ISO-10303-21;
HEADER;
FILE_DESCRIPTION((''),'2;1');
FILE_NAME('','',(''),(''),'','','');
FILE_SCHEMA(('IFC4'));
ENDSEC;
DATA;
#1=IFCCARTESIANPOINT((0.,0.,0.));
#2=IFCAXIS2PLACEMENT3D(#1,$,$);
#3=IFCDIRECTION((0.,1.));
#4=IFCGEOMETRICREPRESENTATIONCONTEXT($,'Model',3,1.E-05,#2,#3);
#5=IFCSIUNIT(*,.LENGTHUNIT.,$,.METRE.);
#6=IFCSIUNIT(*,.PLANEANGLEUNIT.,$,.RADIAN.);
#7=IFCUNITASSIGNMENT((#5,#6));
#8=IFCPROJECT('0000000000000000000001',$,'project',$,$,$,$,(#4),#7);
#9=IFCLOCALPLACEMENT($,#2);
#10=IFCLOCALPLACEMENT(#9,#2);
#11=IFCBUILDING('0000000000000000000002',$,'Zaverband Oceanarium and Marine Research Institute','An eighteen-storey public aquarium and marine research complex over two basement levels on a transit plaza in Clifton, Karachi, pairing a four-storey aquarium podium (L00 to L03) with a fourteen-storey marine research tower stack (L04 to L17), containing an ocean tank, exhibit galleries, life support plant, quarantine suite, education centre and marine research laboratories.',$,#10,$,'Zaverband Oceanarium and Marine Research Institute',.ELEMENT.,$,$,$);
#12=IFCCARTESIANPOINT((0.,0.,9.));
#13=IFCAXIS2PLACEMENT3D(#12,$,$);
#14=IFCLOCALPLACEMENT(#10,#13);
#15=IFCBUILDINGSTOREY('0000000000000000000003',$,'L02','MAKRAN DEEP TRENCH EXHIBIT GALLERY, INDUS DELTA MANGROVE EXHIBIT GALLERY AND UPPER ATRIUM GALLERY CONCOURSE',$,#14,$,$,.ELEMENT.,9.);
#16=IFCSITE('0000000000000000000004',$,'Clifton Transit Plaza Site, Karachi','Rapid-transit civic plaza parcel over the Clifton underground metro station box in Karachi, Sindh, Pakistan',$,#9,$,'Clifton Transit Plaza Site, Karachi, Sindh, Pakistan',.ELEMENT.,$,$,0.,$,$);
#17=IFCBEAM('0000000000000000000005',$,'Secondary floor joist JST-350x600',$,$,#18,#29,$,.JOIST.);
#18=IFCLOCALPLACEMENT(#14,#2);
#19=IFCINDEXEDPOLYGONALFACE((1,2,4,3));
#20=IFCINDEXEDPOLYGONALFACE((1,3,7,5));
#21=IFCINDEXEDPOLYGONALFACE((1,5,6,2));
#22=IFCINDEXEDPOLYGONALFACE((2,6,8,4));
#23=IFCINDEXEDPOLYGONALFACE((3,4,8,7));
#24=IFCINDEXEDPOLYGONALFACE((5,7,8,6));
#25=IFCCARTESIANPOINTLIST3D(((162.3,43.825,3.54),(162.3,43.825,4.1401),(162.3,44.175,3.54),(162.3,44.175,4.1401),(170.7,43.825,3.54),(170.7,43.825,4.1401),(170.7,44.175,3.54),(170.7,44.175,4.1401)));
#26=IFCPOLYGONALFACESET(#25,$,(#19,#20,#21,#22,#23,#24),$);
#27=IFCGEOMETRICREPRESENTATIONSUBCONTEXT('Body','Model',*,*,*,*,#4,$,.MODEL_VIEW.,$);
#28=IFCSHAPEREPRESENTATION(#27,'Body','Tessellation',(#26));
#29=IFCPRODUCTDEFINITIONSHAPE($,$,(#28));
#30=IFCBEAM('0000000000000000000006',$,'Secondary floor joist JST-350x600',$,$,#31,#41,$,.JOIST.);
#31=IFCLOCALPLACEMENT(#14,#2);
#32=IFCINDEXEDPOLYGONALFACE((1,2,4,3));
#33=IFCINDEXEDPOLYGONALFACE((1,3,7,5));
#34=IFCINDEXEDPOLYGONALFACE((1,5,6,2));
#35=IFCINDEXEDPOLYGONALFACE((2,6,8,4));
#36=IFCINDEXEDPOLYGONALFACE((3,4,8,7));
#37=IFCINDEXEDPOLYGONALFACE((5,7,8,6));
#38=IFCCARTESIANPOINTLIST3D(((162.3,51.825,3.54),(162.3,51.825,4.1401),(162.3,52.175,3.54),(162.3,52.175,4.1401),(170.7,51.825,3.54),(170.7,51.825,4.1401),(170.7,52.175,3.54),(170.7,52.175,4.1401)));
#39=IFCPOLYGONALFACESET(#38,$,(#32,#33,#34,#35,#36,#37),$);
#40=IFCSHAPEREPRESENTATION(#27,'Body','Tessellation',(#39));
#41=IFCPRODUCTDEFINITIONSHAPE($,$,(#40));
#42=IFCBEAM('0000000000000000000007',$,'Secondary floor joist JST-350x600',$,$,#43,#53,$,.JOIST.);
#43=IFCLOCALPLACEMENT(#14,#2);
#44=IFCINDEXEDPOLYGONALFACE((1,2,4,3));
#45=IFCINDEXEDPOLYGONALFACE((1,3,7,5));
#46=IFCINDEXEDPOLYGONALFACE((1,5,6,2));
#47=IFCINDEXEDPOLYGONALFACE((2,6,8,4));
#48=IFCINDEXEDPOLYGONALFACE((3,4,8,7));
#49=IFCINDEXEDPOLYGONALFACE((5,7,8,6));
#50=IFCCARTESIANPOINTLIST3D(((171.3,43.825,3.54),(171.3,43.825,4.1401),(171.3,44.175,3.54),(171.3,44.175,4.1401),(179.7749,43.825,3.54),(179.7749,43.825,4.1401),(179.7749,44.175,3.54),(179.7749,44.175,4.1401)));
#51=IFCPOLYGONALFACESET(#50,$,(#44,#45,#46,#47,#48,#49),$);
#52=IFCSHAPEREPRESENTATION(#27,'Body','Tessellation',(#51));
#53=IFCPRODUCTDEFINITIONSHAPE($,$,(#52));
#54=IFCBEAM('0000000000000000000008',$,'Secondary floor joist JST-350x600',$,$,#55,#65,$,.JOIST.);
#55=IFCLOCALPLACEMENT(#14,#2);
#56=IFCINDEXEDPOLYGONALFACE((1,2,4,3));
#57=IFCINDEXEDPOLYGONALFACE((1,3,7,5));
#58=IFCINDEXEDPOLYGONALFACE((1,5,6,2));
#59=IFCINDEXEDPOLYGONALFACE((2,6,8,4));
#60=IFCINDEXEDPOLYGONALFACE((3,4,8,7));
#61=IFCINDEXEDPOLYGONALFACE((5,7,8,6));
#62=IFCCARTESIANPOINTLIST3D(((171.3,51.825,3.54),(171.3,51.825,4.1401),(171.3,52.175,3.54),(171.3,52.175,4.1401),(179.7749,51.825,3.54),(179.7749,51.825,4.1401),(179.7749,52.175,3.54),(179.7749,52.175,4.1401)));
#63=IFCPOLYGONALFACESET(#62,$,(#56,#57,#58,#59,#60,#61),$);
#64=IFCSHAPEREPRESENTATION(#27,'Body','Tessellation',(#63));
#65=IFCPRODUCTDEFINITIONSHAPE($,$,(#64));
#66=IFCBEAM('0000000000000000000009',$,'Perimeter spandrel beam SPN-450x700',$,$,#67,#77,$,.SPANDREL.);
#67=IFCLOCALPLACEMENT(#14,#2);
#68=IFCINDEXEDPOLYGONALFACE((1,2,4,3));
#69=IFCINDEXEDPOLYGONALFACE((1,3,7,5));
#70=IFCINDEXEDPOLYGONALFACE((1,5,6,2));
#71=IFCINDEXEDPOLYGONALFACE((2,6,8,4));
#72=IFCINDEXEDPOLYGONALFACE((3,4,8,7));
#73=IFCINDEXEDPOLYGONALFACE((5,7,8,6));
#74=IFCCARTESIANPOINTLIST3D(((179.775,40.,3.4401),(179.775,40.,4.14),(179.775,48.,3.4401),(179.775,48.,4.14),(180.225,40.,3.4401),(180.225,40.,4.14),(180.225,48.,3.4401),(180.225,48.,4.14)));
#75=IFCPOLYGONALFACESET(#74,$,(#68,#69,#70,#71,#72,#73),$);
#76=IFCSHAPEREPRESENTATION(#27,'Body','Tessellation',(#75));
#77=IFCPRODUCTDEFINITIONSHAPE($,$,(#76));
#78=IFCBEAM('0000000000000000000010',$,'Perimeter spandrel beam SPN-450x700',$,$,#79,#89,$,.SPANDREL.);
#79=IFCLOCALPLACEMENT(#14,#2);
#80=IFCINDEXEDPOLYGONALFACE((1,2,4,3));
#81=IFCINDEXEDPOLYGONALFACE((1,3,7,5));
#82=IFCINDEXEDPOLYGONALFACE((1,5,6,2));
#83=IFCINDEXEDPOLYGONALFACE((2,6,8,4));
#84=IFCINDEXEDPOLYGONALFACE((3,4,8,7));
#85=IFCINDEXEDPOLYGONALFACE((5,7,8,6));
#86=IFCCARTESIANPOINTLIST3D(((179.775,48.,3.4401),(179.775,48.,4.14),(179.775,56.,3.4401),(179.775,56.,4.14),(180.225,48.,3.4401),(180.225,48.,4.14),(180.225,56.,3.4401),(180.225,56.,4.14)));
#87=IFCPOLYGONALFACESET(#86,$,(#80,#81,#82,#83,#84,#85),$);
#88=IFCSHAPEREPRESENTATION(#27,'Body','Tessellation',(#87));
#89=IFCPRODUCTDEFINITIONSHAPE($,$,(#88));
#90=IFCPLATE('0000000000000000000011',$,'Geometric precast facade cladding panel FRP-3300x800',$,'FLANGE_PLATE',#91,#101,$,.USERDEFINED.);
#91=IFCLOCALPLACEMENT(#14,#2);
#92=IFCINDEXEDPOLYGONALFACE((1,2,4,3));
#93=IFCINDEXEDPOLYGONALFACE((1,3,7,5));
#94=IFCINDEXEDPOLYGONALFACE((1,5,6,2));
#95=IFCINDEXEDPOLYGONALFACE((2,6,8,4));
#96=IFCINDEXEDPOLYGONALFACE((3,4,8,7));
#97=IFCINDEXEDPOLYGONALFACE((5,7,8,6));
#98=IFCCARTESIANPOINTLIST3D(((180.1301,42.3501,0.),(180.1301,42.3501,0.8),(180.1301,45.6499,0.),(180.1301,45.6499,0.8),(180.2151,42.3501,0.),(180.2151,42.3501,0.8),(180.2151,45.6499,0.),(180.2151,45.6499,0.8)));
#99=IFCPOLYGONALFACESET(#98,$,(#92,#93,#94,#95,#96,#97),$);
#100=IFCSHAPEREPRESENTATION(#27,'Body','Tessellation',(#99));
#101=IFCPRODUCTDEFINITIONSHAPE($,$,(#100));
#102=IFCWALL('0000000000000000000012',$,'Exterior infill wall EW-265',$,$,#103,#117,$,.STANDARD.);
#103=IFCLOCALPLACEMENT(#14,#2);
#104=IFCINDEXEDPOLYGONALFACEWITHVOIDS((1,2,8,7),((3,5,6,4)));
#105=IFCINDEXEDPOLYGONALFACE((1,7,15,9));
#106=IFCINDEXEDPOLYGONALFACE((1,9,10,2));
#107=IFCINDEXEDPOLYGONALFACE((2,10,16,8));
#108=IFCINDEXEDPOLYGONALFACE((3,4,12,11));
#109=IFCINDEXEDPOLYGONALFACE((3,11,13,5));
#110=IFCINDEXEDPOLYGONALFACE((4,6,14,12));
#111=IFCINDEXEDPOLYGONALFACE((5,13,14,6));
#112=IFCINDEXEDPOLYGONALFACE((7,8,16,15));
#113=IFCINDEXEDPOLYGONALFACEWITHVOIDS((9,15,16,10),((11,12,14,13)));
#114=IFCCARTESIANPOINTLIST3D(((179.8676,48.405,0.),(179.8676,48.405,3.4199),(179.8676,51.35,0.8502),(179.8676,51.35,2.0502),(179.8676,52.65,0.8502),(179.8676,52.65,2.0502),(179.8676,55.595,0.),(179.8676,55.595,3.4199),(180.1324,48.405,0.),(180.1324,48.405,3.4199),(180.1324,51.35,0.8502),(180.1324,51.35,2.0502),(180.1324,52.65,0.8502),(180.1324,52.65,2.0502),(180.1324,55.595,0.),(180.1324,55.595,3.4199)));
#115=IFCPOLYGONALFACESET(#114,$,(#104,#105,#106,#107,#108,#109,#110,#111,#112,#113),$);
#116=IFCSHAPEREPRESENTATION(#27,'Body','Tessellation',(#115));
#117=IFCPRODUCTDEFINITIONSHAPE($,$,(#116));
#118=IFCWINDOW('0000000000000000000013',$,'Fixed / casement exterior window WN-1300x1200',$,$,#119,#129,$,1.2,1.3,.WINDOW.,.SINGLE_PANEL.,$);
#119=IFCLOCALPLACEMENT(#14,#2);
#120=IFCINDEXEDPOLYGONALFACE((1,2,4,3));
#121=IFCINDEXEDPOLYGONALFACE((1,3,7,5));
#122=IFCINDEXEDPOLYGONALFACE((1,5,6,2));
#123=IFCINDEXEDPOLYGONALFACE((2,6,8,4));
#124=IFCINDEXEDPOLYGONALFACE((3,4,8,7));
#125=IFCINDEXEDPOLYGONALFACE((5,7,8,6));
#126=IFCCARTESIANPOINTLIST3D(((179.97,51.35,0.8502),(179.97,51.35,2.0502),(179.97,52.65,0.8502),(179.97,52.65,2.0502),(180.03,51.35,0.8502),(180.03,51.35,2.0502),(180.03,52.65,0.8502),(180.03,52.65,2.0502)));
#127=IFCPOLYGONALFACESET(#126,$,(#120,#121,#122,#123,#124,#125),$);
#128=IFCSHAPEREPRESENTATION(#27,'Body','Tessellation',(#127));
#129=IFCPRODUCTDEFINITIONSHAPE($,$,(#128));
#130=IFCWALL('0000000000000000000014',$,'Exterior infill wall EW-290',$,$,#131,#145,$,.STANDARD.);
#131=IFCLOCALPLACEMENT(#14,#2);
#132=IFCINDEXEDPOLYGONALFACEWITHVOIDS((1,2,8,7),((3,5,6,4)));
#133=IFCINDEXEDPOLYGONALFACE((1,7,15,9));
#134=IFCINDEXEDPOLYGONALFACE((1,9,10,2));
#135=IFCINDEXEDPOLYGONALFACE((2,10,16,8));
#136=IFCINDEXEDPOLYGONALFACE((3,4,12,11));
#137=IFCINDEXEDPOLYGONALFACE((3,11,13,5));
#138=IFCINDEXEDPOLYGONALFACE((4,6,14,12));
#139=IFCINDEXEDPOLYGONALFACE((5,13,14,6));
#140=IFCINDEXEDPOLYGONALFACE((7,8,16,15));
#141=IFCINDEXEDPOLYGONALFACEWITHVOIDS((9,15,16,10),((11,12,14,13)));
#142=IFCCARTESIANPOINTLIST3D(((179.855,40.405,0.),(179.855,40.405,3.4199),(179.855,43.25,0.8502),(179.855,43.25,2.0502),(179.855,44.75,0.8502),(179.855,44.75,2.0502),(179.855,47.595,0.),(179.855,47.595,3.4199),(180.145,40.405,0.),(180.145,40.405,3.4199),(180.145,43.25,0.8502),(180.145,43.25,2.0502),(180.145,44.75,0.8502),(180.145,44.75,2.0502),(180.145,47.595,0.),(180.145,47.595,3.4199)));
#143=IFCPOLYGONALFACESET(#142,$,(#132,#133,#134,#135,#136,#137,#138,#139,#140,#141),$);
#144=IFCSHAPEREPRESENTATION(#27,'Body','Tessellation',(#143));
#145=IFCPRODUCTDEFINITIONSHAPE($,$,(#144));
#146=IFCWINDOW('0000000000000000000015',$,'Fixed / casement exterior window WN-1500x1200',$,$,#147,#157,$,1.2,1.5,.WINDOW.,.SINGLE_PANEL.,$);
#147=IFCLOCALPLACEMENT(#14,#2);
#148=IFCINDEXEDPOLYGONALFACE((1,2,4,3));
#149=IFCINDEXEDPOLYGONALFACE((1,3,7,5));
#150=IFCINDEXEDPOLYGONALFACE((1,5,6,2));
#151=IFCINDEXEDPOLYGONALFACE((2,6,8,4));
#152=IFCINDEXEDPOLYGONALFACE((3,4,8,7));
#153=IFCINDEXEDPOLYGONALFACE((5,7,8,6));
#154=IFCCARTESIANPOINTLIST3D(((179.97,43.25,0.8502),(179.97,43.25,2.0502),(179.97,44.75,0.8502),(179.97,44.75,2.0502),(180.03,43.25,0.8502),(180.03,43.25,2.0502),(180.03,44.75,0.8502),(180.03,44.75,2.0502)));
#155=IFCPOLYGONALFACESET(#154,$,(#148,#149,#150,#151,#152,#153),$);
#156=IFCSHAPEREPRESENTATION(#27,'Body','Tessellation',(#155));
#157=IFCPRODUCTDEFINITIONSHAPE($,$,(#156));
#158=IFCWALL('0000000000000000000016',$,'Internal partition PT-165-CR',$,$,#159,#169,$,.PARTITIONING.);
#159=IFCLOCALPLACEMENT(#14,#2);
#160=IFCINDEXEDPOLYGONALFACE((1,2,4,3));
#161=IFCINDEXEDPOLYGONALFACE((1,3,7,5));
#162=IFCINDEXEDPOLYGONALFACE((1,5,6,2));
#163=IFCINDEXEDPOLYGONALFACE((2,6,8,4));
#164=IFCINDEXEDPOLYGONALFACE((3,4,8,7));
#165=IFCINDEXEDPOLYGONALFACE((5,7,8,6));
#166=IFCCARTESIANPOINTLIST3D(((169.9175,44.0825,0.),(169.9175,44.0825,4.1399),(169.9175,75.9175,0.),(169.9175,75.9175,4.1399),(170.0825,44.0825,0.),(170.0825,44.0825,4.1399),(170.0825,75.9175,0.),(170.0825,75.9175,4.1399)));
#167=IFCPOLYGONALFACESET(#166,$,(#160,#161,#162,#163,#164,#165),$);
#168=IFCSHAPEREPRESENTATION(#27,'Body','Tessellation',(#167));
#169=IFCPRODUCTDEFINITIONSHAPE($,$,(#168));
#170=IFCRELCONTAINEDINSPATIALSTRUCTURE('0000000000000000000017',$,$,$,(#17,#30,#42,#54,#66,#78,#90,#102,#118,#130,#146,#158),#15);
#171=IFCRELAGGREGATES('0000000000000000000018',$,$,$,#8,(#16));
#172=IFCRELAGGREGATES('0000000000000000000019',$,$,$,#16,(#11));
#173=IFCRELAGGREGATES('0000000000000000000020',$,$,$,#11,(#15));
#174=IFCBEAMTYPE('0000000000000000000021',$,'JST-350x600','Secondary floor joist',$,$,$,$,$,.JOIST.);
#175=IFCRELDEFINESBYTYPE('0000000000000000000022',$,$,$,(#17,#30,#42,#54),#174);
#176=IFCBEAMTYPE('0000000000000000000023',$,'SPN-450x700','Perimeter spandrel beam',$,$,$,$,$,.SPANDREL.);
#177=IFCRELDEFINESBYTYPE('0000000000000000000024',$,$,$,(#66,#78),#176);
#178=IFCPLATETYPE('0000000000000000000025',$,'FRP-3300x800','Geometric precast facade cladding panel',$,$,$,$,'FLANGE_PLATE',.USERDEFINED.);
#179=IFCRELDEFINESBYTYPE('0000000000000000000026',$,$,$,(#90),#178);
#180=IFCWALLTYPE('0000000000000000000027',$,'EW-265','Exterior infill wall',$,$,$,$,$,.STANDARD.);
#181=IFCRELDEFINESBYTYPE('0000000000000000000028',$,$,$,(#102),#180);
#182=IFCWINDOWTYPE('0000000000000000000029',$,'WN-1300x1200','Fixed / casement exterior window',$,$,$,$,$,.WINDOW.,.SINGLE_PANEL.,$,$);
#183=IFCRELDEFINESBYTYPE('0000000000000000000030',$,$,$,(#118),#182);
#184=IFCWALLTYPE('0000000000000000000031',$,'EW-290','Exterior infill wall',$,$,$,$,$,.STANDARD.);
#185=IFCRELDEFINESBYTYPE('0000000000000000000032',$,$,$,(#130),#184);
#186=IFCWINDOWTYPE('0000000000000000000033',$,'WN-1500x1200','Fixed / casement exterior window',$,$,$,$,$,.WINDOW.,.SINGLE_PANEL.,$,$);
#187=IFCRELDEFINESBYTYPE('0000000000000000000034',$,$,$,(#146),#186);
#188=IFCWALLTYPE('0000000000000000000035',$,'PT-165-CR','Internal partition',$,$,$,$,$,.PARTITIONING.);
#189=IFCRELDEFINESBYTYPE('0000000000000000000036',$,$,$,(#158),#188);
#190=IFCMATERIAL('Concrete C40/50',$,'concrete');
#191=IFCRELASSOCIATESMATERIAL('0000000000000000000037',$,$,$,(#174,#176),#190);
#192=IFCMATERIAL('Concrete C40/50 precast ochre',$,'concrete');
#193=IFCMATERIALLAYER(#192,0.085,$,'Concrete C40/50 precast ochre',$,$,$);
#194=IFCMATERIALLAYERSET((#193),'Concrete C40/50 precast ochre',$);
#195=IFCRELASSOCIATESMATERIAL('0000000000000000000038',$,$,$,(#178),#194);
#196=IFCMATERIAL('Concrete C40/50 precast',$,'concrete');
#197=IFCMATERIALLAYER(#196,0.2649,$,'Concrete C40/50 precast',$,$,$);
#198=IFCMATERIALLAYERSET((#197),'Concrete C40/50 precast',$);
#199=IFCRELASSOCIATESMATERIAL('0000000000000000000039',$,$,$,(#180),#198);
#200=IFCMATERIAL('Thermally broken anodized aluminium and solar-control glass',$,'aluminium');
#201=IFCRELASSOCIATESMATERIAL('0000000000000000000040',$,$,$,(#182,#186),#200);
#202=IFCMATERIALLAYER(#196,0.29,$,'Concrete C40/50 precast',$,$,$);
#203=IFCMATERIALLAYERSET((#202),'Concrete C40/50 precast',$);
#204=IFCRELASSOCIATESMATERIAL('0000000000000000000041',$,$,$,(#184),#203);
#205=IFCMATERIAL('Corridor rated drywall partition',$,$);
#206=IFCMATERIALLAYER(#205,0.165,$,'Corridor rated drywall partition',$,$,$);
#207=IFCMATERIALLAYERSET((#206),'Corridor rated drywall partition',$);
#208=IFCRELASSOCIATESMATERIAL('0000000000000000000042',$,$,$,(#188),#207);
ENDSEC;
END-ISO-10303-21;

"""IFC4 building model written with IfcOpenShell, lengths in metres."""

from ifc_helpers import new_model, si_unit, direction, frame, frame_2d, origin, origin_2d, place, context, subcontext, project, spatial, rectangle, extrude, material, layer, layer_set, material_profile, profile_set, type_object, element, fill, save


model = new_model("IFC4")

# Units and contexts
model_context = context("Model", 3, precision=1e-05, world=origin(), true_north=direction((0.0, 1.0)))
body_context = subcontext(model_context, "Body", "Model", "MODEL_VIEW")
ifc_project = project(units=[si_unit("LENGTHUNIT", "METRE"), si_unit("PLANEANGLEUNIT", "RADIAN")], contexts=[model_context])

# Site, building, storey
site_placement = place(None, origin())
site = spatial("IfcSite", under=ifc_project, at=site_placement, Name="Clifton Transit Plaza Site, Karachi", Description="Rapid-transit civic plaza parcel over the Clifton underground metro station box in Karachi, Sindh, Pakistan", LongName="Clifton Transit Plaza Site, Karachi, Sindh, Pakistan", CompositionType="ELEMENT", RefElevation=0.0)
building_placement = place(site_placement, origin())
building = spatial("IfcBuilding", under=site, at=building_placement, Name="Zaverband Oceanarium and Marine Research Institute", Description="An eighteen-storey public aquarium and marine research complex over two basement levels on a transit plaza in Clifton, Karachi, pairing a four-storey aquarium podium (L00 to L03) with a fourteen-storey marine research tower stack (L04 to L17), containing an ocean tank, exhibit galleries, life support plant, quarantine suite, education centre and marine research laboratories.", LongName="Zaverband Oceanarium and Marine Research Institute", CompositionType="ELEMENT")
storey_placement = place(building_placement, frame((0.0, 0.0, 9.0)))
storey = spatial("IfcBuildingStorey", under=building, at=storey_placement, Name="L02", Description="MAKRAN DEEP TRENCH EXHIBIT GALLERY, INDUS DELTA MANGROVE EXHIBIT GALLERY AND UPPER ATRIUM GALLERY CONCOURSE", CompositionType="ELEMENT", Elevation=9.0)

# Beams
ifc_material_1 = material(Name="Concrete C40/50", Category="concrete")
ifc_material_profile_1 = material_profile(ifc_material_1, rectangle(XDim=0.3501, YDim=0.6001, at=origin_2d()), Name="RC350x600")
ifc_profile_set_1 = profile_set([ifc_material_profile_1], Name="Concrete C40/50")
beam_type_1 = type_object("IfcBeamType", Name="JST-350x600", Description="Secondary floor joist", PredefinedType="JOIST", material=ifc_profile_set_1)
for number, where, z_axis, x_axis, name in (
    (1, (162.3, 44.0, 3.8401), (1.0, 0.0, 0.0), (0.0, 1.0, 0.0), "Secondary floor joist JST-350x600"),
    (2, (162.3, 52.0, 3.8401), (1.0, 0.0, 0.0), (0.0, 1.0, 0.0), "Secondary floor joist JST-350x600"),
):
    element("IfcBeam", number, at=place(storey_placement, frame(where, z_axis=z_axis, x_axis=x_axis)), inside=storey, type_object=beam_type_1, Name=name, PredefinedType="JOIST", context=body_context, shape_type="SweptSolid", body=[
        extrude(rectangle(XDim=0.3501, YDim=0.6001, at=origin_2d()), origin(), (0.0, 0.0, 1.0), 8.3999),
    ])
for number, where, z_axis, x_axis, name in (
    (3, (171.3, 44.0, 3.8401), (1.0, 0.0, 0.0), (0.0, 1.0, 0.0), "Secondary floor joist JST-350x600"),
    (4, (171.3, 52.0, 3.8401), (1.0, 0.0, 0.0), (0.0, 1.0, 0.0), "Secondary floor joist JST-350x600"),
):
    element("IfcBeam", number, at=place(storey_placement, frame(where, z_axis=z_axis, x_axis=x_axis)), inside=storey, type_object=beam_type_1, Name=name, PredefinedType="JOIST", context=body_context, shape_type="SweptSolid", body=[
        extrude(rectangle(XDim=0.3501, YDim=0.6001, at=origin_2d()), origin(), (0.0, 0.0, 1.0), 8.4749),
    ])
ifc_material_profile_2 = material_profile(ifc_material_1, rectangle(XDim=0.45, YDim=0.7, at=origin_2d()), Name="RC450x700")
ifc_profile_set_2 = profile_set([ifc_material_profile_2], Name="Concrete C40/50")
beam_type_2 = type_object("IfcBeamType", Name="SPN-450x700", Description="Perimeter spandrel beam", PredefinedType="SPANDREL", material=ifc_profile_set_2)
for number, where, z_axis, x_axis, name in (
    (5, (180.0, 40.0, 3.79), (0.0, 1.0, 0.0), (-1.0, 0.0, 0.0), "Perimeter spandrel beam SPN-450x700"),
    (6, (180.0, 48.0, 3.79), (0.0, 1.0, 0.0), (-1.0, 0.0, 0.0), "Perimeter spandrel beam SPN-450x700"),
):
    element("IfcBeam", number, at=place(storey_placement, frame(where, z_axis=z_axis, x_axis=x_axis)), inside=storey, type_object=beam_type_2, Name=name, PredefinedType="SPANDREL", context=body_context, shape_type="SweptSolid", body=[
        extrude(rectangle(XDim=0.45, YDim=0.7, at=origin_2d()), origin(), (0.0, 0.0, 1.0), 8.0),
    ])

# Plate
ifc_material_2 = material(Name="Concrete C40/50 precast ochre", Category="concrete")
ifc_layer_1 = layer(ifc_material_2, 0.085, Name="Concrete C40/50 precast ochre")
ifc_layer_set_1 = layer_set([ifc_layer_1], Name="Concrete C40/50 precast ochre")
plate_type = type_object("IfcPlateType", Name="FRP-3300x800", Description="Geometric precast facade cladding panel", ElementType="FLANGE_PLATE", PredefinedType="USERDEFINED", material=ifc_layer_set_1)
plate_placement = place(storey_placement, frame((180.1726, 42.3501, 0.0), z_axis=(0.0, 0.0, 1.0), x_axis=(0.0, 1.0, 0.0)))
element("IfcPlate", 7, at=plate_placement, inside=storey, type_object=plate_type, Name="Geometric precast facade cladding panel FRP-3300x800", ObjectType="FLANGE_PLATE", PredefinedType="USERDEFINED", context=body_context, shape_type="SweptSolid", body=[
    extrude(rectangle(XDim=3.2998, YDim=0.085, at=frame_2d((1.6499, 0.0))), origin(), (0.0, 0.0, 1.0), 0.8),
])

# Walls, openings, windows
ifc_material_3 = material(Name="Concrete C40/50 precast", Category="concrete")
ifc_layer_2 = layer(ifc_material_3, 0.2649, Name="Concrete C40/50 precast")
ifc_layer_set_2 = layer_set([ifc_layer_2], Name="Concrete C40/50 precast")
wall_type_1 = type_object("IfcWallType", Name="EW-265", Description="Exterior infill wall", PredefinedType="STANDARD", material=ifc_layer_set_2)
wall_1_placement = place(storey_placement, frame((180.0, 48.405, 0.0), z_axis=(0.0, 0.0, 1.0), x_axis=(0.0, 1.0, 0.0)))
wall_1 = element("IfcWall", 8, at=wall_1_placement, inside=storey, type_object=wall_type_1, Name="Exterior infill wall EW-265", PredefinedType="STANDARD", context=body_context, shape_type="SweptSolid", body=[
    extrude(rectangle(XDim=7.1899, YDim=0.2649, at=frame_2d((3.595, 0.0))), origin(), (0.0, 0.0, 1.0), 3.4199),
])
opening_1_placement = place(wall_1_placement, frame((2.9451, 0.0, 0.8501)))
opening_1 = element("IfcOpeningElement", 9, at=opening_1_placement, cuts=wall_1, PredefinedType="OPENING", context=body_context, shape_type="SweptSolid", body=[
    extrude(rectangle(XDim=1.3, YDim=1.2, at=frame_2d((0.6499, 0.6001))), frame((0.0, 0.1445, 0.0), z_axis=(0.0, -1.0, 0.0), x_axis=(1.0, 0.0, 0.0)), (0.0, 0.0, 1.0), 0.2888),
])
ifc_material_4 = material(Name="Thermally broken anodized aluminium and solar-control glass", Category="aluminium")
window_type_1 = type_object("IfcWindowType", Name="WN-1300x1200", Description="Fixed / casement exterior window", PartitioningType="SINGLE_PANEL", PredefinedType="WINDOW", material=ifc_material_4)
window_1_placement = place(opening_1_placement, origin())
window_1 = element("IfcWindow", 10, at=window_1_placement, inside=storey, type_object=window_type_1, Name="Fixed / casement exterior window WN-1300x1200", OverallHeight=1.2, OverallWidth=1.3, PartitioningType="SINGLE_PANEL", PredefinedType="WINDOW", context=body_context, shape_type="SweptSolid", body=[
    extrude(rectangle(XDim=1.3, YDim=1.2, at=frame_2d((0.6499, 0.6001))), frame((0.0, 0.03, 0.0), z_axis=(0.0, -1.0, 0.0), x_axis=(1.0, 0.0, 0.0)), (0.0, 0.0, 1.0), 0.0601),
])
fill(opening_1, window_1)
ifc_layer_3 = layer(ifc_material_3, 0.29, Name="Concrete C40/50 precast")
ifc_layer_set_3 = layer_set([ifc_layer_3], Name="Concrete C40/50 precast")
wall_type_2 = type_object("IfcWallType", Name="EW-290", Description="Exterior infill wall", PredefinedType="STANDARD", material=ifc_layer_set_3)
wall_2_placement = place(storey_placement, frame((180.0, 40.405, 0.0), z_axis=(0.0, 0.0, 1.0), x_axis=(0.0, 1.0, 0.0)))
wall_2 = element("IfcWall", 11, at=wall_2_placement, inside=storey, type_object=wall_type_2, Name="Exterior infill wall EW-290", PredefinedType="STANDARD", context=body_context, shape_type="SweptSolid", body=[
    extrude(rectangle(XDim=7.1899, YDim=0.29, at=frame_2d((3.595, 0.0))), origin(), (0.0, 0.0, 1.0), 3.4199),
])
opening_2_placement = place(wall_2_placement, frame((2.845, 0.0, 0.8501)))
opening_2 = element("IfcOpeningElement", 12, at=opening_2_placement, cuts=wall_2, PredefinedType="OPENING", context=body_context, shape_type="SweptSolid", body=[
    extrude(rectangle(XDim=1.5, YDim=1.2, at=frame_2d((0.75, 0.6001))), frame((0.0, 0.157, 0.0), z_axis=(0.0, -1.0, 0.0), x_axis=(1.0, 0.0, 0.0)), (0.0, 0.0, 1.0), 0.314),
])
window_type_2 = type_object("IfcWindowType", Name="WN-1500x1200", Description="Fixed / casement exterior window", PartitioningType="SINGLE_PANEL", PredefinedType="WINDOW", material=ifc_material_4)
window_2_placement = place(opening_2_placement, origin())
window_2 = element("IfcWindow", 13, at=window_2_placement, inside=storey, type_object=window_type_2, Name="Fixed / casement exterior window WN-1500x1200", OverallHeight=1.2, OverallWidth=1.5, PartitioningType="SINGLE_PANEL", PredefinedType="WINDOW", context=body_context, shape_type="SweptSolid", body=[
    extrude(rectangle(XDim=1.5, YDim=1.2, at=frame_2d((0.75, 0.6001))), frame((0.0, 0.03, 0.0), z_axis=(0.0, -1.0, 0.0), x_axis=(1.0, 0.0, 0.0)), (0.0, 0.0, 1.0), 0.0601),
])
fill(opening_2, window_2)

# Wall
ifc_material_5 = material(Name="Corridor rated drywall partition")
ifc_layer_4 = layer(ifc_material_5, 0.165, Name="Corridor rated drywall partition")
ifc_layer_set_4 = layer_set([ifc_layer_4], Name="Corridor rated drywall partition")
wall_type_3 = type_object("IfcWallType", Name="PT-165-CR", Description="Internal partition", PredefinedType="PARTITIONING", material=ifc_layer_set_4)
wall_3_placement = place(storey_placement, frame((170.0, 44.0825, 0.0), z_axis=(0.0, 0.0, 1.0), x_axis=(0.0, 1.0, 0.0)))
element("IfcWall", 14, at=wall_3_placement, inside=storey, type_object=wall_type_3, Name="Internal partition PT-165-CR", PredefinedType="PARTITIONING", context=body_context, shape_type="SweptSolid", body=[
    extrude(rectangle(XDim=31.835, YDim=0.165, at=frame_2d((15.9175, 0.0))), origin(), (0.0, 0.0, 1.0), 4.1399),
])

save(model, "model.ifc")
